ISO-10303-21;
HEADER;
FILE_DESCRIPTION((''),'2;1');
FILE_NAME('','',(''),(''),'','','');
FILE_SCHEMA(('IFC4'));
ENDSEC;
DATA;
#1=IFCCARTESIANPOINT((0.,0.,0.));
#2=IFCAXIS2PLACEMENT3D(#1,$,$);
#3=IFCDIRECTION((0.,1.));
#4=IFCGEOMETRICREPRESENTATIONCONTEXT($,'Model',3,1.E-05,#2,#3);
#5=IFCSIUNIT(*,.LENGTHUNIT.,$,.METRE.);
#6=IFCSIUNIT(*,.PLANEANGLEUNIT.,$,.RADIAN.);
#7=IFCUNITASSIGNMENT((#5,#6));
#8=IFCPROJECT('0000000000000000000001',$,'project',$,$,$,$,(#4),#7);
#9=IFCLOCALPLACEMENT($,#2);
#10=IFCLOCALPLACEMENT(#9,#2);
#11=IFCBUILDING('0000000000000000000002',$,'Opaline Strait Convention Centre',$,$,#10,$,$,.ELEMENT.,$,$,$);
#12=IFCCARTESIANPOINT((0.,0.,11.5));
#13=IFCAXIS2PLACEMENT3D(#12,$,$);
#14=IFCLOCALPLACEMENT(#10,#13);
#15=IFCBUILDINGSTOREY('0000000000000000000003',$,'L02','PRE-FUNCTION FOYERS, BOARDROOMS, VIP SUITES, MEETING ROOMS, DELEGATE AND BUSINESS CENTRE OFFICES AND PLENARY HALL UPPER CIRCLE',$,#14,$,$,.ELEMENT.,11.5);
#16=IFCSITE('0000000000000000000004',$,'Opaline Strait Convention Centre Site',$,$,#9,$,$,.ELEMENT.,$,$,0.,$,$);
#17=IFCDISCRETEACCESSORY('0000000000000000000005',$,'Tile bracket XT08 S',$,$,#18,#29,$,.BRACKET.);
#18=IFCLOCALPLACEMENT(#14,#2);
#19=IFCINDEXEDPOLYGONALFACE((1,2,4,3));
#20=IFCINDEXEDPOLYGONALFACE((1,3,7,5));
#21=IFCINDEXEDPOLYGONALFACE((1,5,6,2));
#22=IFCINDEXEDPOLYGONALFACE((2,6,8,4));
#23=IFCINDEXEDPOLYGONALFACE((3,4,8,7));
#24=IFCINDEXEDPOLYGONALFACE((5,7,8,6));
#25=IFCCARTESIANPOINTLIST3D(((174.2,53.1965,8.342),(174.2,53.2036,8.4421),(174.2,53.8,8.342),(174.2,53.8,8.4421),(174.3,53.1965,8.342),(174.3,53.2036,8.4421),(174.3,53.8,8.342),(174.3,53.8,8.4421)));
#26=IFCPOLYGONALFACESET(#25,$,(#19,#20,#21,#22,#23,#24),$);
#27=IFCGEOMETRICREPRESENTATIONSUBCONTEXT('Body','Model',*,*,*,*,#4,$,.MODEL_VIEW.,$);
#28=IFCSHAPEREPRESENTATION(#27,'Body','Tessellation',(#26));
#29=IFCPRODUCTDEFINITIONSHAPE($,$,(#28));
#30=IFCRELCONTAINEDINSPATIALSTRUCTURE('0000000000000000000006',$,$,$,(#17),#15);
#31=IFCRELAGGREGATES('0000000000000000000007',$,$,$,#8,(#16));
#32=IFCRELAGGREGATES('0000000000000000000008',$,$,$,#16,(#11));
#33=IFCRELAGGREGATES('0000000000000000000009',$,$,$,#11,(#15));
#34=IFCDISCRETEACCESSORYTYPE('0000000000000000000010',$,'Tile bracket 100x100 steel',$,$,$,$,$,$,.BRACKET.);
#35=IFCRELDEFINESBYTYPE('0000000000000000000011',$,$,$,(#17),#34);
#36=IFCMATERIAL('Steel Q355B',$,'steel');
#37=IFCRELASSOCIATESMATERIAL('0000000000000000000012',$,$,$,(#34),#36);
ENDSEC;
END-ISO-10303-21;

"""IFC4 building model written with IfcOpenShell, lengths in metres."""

from ifc_helpers import new_model, si_unit, direction, frame, origin, place, context, subcontext, project, spatial, polyline, outline, extrude, material, type_object, element, save


model = new_model("IFC4")

# Units and contexts
model_context = context("Model", 3, precision=1e-05, world=origin(), true_north=direction((0.0, 1.0)))
body_context = subcontext(model_context, "Body", "Model", "MODEL_VIEW")
ifc_project = project(units=[si_unit("LENGTHUNIT", "METRE"), si_unit("PLANEANGLEUNIT", "RADIAN")], contexts=[model_context])

# Site, building, storey
site_placement = place(None, origin())
site = spatial("IfcSite", under=ifc_project, at=site_placement, Name="Opaline Strait Convention Centre Site", CompositionType="ELEMENT", RefElevation=0.0)
building_placement = place(site_placement, origin())
building = spatial("IfcBuilding", under=site, at=building_placement, Name="Opaline Strait Convention Centre", CompositionType="ELEMENT")
storey_placement = place(building_placement, frame((0.0, 0.0, 11.5)))
storey = spatial("IfcBuildingStorey", under=building, at=storey_placement, Name="L02", Description="PRE-FUNCTION FOYERS, BOARDROOMS, VIP SUITES, MEETING ROOMS, DELEGATE AND BUSINESS CENTRE OFFICES AND PLENARY HALL UPPER CIRCLE", CompositionType="ELEMENT", Elevation=11.5)

# Shared definitions
ifc_material_1 = material(Name="Steel Q355B", Category="steel")

# Discrete accessory
discrete_accessory_type = type_object("IfcDiscreteAccessoryType", Name="Tile bracket 100x100 steel", PredefinedType="BRACKET", material=ifc_material_1)
discrete_accessory_1_placement = place(storey_placement, frame((174.2, 53.8, 8.3921), z_axis=(1.0, 0.0, 0.0), x_axis=(0.0, 1.0, 0.0)))
element("IfcDiscreteAccessory", 1, at=discrete_accessory_1_placement, inside=storey, type_object=discrete_accessory_type, Name="Tile bracket XT08 S", PredefinedType="BRACKET", context=body_context, shape_type="SweptSolid", body=[
    extrude(outline(polyline([(0.0, -0.05), (0.0, 0.05), (-0.5964, 0.05), (-0.6035, -0.05), (0.0, -0.05)])), origin(), (0.0, 0.0, 1.0), 0.1001),
])

save(model, "model.ifc")
